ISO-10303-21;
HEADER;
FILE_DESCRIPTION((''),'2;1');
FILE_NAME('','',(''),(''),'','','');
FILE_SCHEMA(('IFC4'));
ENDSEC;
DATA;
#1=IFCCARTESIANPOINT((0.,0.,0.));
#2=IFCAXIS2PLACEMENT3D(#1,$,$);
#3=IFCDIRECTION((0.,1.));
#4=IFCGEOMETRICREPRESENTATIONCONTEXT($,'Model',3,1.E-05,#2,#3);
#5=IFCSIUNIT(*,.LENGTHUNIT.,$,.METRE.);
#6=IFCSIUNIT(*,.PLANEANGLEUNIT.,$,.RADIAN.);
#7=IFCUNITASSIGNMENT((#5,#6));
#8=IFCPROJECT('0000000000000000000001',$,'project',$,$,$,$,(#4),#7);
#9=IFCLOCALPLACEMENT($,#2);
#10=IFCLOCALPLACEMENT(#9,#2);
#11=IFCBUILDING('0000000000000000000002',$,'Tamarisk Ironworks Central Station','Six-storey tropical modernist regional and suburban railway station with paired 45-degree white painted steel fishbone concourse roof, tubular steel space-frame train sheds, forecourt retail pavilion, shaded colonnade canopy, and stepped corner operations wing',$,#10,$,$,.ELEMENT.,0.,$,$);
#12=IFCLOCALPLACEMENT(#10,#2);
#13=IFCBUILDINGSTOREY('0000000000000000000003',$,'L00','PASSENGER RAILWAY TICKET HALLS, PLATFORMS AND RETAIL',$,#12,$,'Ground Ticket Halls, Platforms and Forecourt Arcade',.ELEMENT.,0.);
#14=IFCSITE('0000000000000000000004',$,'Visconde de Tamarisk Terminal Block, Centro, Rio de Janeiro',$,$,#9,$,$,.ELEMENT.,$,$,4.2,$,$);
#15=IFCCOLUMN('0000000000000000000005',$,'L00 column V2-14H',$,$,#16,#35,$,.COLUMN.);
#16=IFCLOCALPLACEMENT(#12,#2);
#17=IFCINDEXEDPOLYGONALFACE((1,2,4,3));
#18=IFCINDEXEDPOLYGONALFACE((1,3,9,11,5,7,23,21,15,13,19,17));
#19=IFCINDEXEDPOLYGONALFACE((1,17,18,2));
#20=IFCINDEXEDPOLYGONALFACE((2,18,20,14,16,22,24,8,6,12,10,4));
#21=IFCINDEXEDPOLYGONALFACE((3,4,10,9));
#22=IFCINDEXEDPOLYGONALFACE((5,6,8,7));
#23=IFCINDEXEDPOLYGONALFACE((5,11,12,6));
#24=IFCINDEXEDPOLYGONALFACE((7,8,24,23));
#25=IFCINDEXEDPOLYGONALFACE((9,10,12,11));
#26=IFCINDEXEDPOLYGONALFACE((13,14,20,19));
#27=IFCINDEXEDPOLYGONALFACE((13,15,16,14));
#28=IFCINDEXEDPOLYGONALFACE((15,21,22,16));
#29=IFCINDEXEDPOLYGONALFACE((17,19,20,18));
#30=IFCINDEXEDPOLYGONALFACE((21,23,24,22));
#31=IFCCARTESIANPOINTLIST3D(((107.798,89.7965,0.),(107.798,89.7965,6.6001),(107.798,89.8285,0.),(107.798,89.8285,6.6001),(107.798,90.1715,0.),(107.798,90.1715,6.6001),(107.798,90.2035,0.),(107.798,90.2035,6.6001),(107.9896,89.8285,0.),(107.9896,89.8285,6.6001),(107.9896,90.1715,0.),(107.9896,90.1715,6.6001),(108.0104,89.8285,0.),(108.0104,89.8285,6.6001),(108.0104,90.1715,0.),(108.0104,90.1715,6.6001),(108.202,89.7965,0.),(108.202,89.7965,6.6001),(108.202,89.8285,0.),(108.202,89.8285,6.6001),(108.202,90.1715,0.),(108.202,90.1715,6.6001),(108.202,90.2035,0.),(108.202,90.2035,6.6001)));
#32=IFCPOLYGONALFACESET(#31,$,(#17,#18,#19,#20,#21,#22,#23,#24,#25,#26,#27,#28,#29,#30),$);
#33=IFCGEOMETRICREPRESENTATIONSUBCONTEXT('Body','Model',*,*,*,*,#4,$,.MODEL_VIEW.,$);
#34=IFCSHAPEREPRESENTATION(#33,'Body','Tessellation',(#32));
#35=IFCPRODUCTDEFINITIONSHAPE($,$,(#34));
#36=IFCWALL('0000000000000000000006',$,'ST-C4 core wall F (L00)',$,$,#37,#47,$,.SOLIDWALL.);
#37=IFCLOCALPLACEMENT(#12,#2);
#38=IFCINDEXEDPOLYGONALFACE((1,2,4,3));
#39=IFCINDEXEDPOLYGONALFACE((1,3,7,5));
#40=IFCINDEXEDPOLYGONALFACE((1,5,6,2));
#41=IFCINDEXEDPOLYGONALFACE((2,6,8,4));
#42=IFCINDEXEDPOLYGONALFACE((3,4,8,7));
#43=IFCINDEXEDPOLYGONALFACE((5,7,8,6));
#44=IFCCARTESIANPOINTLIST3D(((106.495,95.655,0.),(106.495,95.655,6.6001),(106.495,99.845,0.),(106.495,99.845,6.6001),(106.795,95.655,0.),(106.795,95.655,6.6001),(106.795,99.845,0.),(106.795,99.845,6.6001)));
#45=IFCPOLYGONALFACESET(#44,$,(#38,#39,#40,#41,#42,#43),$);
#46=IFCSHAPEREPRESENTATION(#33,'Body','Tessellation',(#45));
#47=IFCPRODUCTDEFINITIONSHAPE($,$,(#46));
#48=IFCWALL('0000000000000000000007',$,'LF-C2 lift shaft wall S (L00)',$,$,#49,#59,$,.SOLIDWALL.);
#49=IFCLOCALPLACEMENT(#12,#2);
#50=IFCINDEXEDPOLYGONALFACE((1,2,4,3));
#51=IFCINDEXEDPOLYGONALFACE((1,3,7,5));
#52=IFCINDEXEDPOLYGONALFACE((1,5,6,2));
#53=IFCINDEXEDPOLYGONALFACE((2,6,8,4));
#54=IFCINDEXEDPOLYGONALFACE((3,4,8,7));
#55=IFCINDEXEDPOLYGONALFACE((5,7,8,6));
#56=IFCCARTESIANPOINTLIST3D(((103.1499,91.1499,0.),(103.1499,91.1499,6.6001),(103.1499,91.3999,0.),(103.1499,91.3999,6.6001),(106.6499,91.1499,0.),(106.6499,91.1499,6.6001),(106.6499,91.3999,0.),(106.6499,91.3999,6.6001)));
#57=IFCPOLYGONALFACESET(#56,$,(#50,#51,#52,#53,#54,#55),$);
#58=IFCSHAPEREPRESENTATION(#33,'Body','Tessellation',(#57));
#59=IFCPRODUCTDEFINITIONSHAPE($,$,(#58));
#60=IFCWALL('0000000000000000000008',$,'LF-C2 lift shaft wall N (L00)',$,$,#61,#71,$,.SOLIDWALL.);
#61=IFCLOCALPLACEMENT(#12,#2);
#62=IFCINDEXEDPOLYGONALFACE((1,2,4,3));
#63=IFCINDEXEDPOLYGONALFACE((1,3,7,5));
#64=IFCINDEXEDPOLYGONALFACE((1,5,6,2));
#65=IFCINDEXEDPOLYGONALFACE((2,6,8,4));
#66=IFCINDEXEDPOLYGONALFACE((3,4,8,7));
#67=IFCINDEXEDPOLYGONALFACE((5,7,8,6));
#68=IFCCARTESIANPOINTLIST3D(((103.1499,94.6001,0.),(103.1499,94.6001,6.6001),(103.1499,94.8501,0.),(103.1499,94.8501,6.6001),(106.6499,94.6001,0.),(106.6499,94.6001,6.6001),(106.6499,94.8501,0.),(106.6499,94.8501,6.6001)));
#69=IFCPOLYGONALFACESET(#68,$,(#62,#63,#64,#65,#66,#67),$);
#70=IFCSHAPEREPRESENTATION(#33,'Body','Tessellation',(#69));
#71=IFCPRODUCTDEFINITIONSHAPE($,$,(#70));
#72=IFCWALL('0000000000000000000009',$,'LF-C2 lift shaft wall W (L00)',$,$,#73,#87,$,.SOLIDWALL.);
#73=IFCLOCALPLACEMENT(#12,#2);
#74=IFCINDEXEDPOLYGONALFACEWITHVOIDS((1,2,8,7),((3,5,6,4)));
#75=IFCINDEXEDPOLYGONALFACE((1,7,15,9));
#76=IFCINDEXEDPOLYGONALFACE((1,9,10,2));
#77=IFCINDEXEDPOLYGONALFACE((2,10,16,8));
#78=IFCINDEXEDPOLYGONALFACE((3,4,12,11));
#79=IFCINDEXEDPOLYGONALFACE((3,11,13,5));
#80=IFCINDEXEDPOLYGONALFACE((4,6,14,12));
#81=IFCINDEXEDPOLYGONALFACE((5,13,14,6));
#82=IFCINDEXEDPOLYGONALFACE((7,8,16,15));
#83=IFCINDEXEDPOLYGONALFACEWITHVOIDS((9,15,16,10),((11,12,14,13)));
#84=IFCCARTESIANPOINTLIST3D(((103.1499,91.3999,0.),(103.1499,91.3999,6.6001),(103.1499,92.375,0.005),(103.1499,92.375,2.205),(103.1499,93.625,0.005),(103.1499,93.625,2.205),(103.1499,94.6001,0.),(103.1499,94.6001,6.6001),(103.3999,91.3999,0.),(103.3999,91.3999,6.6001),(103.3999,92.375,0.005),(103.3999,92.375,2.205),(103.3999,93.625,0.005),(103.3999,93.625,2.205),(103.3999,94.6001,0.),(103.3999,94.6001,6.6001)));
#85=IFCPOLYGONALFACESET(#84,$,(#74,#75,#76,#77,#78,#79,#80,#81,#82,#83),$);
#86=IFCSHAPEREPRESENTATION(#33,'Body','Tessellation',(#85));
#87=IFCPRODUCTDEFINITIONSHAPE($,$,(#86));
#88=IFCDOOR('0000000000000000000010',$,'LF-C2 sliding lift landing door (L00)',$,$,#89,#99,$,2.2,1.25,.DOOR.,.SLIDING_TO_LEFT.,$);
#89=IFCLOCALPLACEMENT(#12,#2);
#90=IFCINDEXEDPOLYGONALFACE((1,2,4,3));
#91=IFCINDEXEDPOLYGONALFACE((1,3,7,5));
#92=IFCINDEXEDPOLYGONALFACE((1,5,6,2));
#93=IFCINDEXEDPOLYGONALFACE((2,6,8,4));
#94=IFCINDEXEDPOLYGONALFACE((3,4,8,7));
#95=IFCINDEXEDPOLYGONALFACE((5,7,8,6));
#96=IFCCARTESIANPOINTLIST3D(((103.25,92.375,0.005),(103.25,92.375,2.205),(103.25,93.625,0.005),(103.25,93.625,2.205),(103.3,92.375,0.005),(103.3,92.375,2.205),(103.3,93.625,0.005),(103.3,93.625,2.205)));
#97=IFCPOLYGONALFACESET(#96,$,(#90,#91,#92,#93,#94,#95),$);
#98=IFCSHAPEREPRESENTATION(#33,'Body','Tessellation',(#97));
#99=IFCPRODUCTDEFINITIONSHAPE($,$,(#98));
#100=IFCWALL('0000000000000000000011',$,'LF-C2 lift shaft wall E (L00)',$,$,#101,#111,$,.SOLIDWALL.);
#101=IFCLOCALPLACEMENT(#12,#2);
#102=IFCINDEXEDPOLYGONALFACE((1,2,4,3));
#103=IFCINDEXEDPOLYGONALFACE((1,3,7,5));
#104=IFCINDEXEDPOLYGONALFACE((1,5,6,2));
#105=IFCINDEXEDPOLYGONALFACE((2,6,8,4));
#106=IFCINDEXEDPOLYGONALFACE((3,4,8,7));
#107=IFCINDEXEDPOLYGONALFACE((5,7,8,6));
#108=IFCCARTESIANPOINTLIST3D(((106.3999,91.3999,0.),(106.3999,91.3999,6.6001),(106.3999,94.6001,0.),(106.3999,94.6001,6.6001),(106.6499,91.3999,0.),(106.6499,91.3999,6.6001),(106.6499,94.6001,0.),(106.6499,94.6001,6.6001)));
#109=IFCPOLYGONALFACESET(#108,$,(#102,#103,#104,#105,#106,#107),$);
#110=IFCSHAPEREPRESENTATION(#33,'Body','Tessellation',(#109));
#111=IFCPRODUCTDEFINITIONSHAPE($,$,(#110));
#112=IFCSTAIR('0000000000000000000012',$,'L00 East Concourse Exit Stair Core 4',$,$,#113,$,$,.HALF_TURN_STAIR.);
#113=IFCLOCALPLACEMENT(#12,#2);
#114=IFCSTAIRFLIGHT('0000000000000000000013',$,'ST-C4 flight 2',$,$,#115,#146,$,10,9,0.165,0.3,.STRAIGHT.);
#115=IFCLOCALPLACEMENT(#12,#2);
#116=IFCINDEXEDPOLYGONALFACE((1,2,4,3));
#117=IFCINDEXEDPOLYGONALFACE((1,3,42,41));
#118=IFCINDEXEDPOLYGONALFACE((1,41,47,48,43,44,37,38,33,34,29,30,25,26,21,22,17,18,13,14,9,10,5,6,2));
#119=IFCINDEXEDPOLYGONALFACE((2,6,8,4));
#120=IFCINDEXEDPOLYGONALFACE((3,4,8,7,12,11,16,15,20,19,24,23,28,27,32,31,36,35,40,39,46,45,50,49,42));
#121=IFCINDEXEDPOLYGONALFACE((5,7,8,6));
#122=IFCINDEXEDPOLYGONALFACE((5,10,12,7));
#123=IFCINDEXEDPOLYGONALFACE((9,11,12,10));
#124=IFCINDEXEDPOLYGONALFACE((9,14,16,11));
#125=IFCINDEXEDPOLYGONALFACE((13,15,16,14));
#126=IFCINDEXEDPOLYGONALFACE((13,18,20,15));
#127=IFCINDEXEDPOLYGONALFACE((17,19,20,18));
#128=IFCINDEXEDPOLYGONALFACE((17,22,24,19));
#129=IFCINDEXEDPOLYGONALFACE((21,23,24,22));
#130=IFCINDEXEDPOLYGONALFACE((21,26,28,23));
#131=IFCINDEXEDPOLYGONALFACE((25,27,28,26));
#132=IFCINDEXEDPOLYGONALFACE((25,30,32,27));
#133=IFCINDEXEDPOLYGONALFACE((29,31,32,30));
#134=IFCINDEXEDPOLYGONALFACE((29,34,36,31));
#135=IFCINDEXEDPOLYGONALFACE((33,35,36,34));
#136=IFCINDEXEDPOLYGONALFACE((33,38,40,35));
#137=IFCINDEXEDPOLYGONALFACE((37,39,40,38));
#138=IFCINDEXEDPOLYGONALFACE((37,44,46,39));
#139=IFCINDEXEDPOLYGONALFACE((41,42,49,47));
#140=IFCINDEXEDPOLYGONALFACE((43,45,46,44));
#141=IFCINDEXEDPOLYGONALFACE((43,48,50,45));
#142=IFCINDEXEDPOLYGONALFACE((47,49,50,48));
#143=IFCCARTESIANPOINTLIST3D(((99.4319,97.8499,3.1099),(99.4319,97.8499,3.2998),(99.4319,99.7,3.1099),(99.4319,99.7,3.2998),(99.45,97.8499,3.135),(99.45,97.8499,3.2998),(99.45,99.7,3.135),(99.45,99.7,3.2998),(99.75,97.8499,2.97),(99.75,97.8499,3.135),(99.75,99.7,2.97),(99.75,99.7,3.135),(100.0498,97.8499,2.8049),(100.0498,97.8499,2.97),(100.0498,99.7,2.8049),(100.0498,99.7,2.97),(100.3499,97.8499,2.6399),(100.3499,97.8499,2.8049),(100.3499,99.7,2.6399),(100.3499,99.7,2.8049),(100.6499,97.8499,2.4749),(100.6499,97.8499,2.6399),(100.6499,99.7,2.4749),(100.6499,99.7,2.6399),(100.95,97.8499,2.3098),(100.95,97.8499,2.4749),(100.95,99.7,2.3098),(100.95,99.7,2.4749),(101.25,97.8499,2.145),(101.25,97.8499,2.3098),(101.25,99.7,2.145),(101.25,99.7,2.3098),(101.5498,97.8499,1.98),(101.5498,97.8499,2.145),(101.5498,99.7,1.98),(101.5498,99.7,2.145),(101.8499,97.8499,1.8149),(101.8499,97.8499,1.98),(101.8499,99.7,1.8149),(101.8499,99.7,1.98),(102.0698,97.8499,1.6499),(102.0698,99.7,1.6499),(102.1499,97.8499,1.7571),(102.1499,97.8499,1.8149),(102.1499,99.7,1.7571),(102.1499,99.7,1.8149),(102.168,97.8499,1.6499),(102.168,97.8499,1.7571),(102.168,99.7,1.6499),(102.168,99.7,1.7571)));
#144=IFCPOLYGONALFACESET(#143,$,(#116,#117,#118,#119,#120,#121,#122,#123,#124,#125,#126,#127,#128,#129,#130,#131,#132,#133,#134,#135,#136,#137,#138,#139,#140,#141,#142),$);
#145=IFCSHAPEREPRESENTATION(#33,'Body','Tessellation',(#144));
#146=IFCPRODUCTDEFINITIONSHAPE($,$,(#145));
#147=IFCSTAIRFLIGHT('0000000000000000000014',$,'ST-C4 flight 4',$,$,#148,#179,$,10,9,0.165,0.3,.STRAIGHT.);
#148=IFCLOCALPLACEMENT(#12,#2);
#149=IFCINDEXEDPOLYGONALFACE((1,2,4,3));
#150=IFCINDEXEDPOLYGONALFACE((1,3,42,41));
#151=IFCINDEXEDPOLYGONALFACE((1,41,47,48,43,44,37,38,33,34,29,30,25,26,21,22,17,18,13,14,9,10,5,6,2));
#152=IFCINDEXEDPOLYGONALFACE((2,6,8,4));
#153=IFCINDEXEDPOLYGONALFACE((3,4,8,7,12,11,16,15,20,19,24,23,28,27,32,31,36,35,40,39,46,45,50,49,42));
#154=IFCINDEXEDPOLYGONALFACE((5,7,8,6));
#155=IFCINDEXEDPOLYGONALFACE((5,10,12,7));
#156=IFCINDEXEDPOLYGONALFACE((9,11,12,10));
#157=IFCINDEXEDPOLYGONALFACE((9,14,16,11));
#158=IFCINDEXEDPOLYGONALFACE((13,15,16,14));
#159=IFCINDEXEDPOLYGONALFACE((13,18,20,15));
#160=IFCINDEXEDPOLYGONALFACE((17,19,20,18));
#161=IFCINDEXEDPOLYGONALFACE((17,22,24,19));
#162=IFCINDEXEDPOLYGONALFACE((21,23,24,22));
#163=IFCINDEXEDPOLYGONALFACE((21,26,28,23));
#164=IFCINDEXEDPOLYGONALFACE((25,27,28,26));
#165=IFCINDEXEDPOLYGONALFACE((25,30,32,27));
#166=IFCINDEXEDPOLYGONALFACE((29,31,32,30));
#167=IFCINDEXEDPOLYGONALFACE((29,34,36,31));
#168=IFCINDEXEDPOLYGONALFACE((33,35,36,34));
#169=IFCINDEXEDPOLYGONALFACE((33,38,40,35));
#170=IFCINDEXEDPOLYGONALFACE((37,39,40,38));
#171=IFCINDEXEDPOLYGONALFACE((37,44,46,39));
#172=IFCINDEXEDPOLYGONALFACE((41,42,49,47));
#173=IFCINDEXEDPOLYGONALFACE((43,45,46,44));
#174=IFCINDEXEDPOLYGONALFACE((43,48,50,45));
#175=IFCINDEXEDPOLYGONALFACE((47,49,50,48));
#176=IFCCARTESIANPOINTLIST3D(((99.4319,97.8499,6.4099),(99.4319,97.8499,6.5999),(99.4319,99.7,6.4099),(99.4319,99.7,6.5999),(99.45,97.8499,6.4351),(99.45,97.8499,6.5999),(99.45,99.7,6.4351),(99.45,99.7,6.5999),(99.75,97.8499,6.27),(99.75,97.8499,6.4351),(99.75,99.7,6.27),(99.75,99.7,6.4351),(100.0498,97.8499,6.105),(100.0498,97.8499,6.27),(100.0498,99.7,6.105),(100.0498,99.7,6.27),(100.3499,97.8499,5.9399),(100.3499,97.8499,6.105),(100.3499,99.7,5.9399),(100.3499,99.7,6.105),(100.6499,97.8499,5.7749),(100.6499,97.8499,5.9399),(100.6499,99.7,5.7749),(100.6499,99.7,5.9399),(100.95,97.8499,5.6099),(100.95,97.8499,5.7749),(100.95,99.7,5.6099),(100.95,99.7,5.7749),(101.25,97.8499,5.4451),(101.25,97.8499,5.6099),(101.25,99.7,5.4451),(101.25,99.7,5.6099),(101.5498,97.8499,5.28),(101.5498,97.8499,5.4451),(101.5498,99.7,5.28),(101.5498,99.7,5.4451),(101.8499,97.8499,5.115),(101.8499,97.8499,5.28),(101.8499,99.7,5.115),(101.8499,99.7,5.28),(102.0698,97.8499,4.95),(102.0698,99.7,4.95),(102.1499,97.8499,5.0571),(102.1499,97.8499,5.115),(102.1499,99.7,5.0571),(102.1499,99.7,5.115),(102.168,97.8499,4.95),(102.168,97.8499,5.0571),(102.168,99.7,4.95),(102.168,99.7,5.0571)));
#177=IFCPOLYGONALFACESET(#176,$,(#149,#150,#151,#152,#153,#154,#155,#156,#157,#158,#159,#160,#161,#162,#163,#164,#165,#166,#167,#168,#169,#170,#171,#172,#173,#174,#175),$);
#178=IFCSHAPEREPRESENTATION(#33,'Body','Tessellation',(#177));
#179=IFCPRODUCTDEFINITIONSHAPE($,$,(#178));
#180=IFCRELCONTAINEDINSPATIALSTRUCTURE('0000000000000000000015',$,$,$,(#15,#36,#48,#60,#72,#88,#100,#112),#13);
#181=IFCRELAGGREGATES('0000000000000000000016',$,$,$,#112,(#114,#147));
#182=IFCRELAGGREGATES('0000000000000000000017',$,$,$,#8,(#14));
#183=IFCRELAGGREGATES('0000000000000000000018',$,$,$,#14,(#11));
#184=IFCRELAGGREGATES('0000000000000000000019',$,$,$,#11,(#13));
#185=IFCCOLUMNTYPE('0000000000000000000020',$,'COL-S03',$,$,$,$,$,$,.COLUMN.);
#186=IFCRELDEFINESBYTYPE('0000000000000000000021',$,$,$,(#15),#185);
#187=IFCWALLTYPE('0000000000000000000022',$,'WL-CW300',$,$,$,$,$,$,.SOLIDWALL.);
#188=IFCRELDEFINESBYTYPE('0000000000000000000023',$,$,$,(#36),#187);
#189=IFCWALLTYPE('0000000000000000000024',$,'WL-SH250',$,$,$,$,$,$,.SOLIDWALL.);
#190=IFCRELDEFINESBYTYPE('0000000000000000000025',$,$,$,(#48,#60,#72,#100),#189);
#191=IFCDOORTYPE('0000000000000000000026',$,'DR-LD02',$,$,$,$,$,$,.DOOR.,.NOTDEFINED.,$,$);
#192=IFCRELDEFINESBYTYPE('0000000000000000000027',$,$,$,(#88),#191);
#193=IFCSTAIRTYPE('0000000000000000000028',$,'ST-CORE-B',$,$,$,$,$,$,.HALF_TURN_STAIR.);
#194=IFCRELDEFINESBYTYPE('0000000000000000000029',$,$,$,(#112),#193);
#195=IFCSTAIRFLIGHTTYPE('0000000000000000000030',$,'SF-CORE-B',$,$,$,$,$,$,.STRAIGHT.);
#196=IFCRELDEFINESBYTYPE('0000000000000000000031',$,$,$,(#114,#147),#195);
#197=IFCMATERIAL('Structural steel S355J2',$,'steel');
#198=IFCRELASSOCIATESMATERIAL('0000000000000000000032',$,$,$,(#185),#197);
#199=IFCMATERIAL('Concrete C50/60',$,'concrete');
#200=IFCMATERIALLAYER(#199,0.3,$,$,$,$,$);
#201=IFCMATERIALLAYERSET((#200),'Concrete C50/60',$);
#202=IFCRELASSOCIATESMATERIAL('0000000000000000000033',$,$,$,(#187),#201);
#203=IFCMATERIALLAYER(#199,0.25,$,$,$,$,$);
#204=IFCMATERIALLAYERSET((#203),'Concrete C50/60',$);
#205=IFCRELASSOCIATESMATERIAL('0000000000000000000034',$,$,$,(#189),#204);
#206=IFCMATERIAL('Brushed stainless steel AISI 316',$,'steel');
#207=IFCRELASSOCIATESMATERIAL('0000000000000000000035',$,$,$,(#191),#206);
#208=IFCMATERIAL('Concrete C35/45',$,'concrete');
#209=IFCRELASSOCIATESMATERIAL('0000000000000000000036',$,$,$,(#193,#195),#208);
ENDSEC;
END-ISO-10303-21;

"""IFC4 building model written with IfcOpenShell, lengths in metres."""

from ifc_helpers import new_model, si_unit, direction, frame, frame_2d, origin, origin_2d, place, context, subcontext, project, spatial, polyline, rectangle, i_section, outline, extrude, material, layer, layer_set, material_profile, profile_set, type_object, element, fill, aggregate, save


model = new_model("IFC4")

# Units and contexts
model_context = context("Model", 3, precision=1e-05, world=origin(), true_north=direction((0.0, 1.0)))
body_context = subcontext(model_context, "Body", "Model", "MODEL_VIEW")
ifc_project = project(units=[si_unit("LENGTHUNIT", "METRE"), si_unit("PLANEANGLEUNIT", "RADIAN")], contexts=[model_context])

# Site, building, storey
site_placement = place(None, origin())
site = spatial("IfcSite", under=ifc_project, at=site_placement, Name="Visconde de Tamarisk Terminal Block, Centro, Rio de Janeiro", CompositionType="ELEMENT", RefElevation=4.2)
building_placement = place(site_placement, origin())
building = spatial("IfcBuilding", under=site, at=building_placement, Name="Tamarisk Ironworks Central Station", Description="Six-storey tropical modernist regional and suburban railway station with paired 45-degree white painted steel fishbone concourse roof, tubular steel space-frame train sheds, forecourt retail pavilion, shaded colonnade canopy, and stepped corner operations wing", CompositionType="ELEMENT", ElevationOfRefHeight=0.0)
storey_placement = place(building_placement, origin())
storey = spatial("IfcBuildingStorey", under=building, at=storey_placement, Name="L00", Description="PASSENGER RAILWAY TICKET HALLS, PLATFORMS AND RETAIL", LongName="Ground Ticket Halls, Platforms and Forecourt Arcade", CompositionType="ELEMENT", Elevation=0.0)

# Column
ifc_material_1 = material(Name="Structural steel S355J2", Category="steel")
ifc_material_profile_1 = material_profile(ifc_material_1, i_section(OverallWidth=0.4041, OverallDepth=0.407, WebThickness=0.0208, FlangeThickness=0.032, at=origin_2d()), Name="HD 400x347")
ifc_profile_set_1 = profile_set([ifc_material_profile_1], Name="Structural steel S355J2")
column_type = type_object("IfcColumnType", Name="COL-S03", PredefinedType="COLUMN", material=ifc_profile_set_1)
column_placement = place(storey_placement, frame((108.0, 90.0, 0.0), z_axis=(0.0, 0.0, 1.0), x_axis=(1.0, 0.0, 0.0)))
element("IfcColumn", 1, at=column_placement, inside=storey, type_object=column_type, Name="L00 column V2-14H", PredefinedType="COLUMN", context=body_context, shape_type="SweptSolid", body=[
    extrude(i_section(OverallWidth=0.4041, OverallDepth=0.407, WebThickness=0.0208, FlangeThickness=0.032, at=origin_2d()), origin(), (0.0, 0.0, 1.0), 6.6001),
])

# Walls
ifc_material_2 = material(Name="Concrete C50/60", Category="concrete")
ifc_layer_1 = layer(ifc_material_2, 0.3)
ifc_layer_set_1 = layer_set([ifc_layer_1], Name="Concrete C50/60")
wall_type_1 = type_object("IfcWallType", Name="WL-CW300", PredefinedType="SOLIDWALL", material=ifc_layer_set_1)
wall_1_placement = place(storey_placement, frame((106.645, 95.655, 0.0), z_axis=(0.0, 0.0, 1.0), x_axis=(0.0, 1.0, 0.0)))
element("IfcWall", 2, at=wall_1_placement, inside=storey, type_object=wall_type_1, Name="ST-C4 core wall F (L00)", PredefinedType="SOLIDWALL", context=body_context, shape_type="SweptSolid", body=[
    extrude(rectangle(XDim=4.1899, YDim=0.3, at=frame_2d((2.095, 0.0))), origin(), (0.0, 0.0, 1.0), 6.6001),
])
ifc_layer_2 = layer(ifc_material_2, 0.25)
ifc_layer_set_2 = layer_set([ifc_layer_2], Name="Concrete C50/60")
wall_type_2 = type_object("IfcWallType", Name="WL-SH250", PredefinedType="SOLIDWALL", material=ifc_layer_set_2)
for number, where, z_axis, x_axis, name in (
    (3, (103.1499, 91.2749, 0.0), (0.0, 0.0, 1.0), (1.0, 0.0, 0.0), "LF-C2 lift shaft wall S (L00)"),
    (4, (103.1499, 94.7251, 0.0), (0.0, 0.0, 1.0), (1.0, 0.0, 0.0), "LF-C2 lift shaft wall N (L00)"),
):
    element("IfcWall", number, at=place(storey_placement, frame(where, z_axis=z_axis, x_axis=x_axis)), inside=storey, type_object=wall_type_2, Name=name, PredefinedType="SOLIDWALL", context=body_context, shape_type="SweptSolid", body=[
        extrude(rectangle(XDim=3.5, YDim=0.25, at=frame_2d((1.75, 0.0))), origin(), (0.0, 0.0, 1.0), 6.6001),
    ])

# Wall, opening, door
wall_2_placement = place(storey_placement, frame((103.2749, 91.3999, 0.0), z_axis=(0.0, 0.0, 1.0), x_axis=(0.0, 1.0, 0.0)))
wall_2 = element("IfcWall", 5, at=wall_2_placement, inside=storey, type_object=wall_type_2, Name="LF-C2 lift shaft wall W (L00)", PredefinedType="SOLIDWALL", context=body_context, shape_type="SweptSolid", body=[
    extrude(rectangle(XDim=3.2002, YDim=0.25, at=frame_2d((1.6001, 0.0))), origin(), (0.0, 0.0, 1.0), 6.6001),
])
opening_placement = place(wall_2_placement, frame((0.9751, 0.0, 0.0049)))
opening = element("IfcOpeningElement", 6, at=opening_placement, cuts=wall_2, PredefinedType="OPENING", context=body_context, shape_type="SweptSolid", body=[
    extrude(rectangle(XDim=1.25, YDim=2.2, at=frame_2d((0.625, 1.1001))), frame((0.0, 0.137, 0.0), z_axis=(0.0, -1.0, 0.0), x_axis=(1.0, 0.0, 0.0)), (0.0, 0.0, 1.0), 0.2739),
])
ifc_material_3 = material(Name="Brushed stainless steel AISI 316", Category="steel")
door_type = type_object("IfcDoorType", Name="DR-LD02", OperationType="NOTDEFINED", PredefinedType="DOOR", material=ifc_material_3)
door_placement = place(opening_placement, origin())
door = element("IfcDoor", 7, at=door_placement, inside=storey, type_object=door_type, Name="LF-C2 sliding lift landing door (L00)", OperationType="SLIDING_TO_LEFT", OverallHeight=2.2, OverallWidth=1.25, PredefinedType="DOOR", context=body_context, shape_type="SweptSolid", body=[
    extrude(rectangle(XDim=1.25, YDim=2.2, at=frame_2d((0.625, 1.1001))), frame((0.0, 0.0249, 0.0), z_axis=(0.0, -1.0, 0.0), x_axis=(1.0, 0.0, 0.0)), (0.0, 0.0, 1.0), 0.05),
])
fill(opening, door)

# Wall
wall_3_placement = place(storey_placement, frame((106.5249, 91.3999, 0.0), z_axis=(0.0, 0.0, 1.0), x_axis=(0.0, 1.0, 0.0)))
element("IfcWall", 8, at=wall_3_placement, inside=storey, type_object=wall_type_2, Name="LF-C2 lift shaft wall E (L00)", PredefinedType="SOLIDWALL", context=body_context, shape_type="SweptSolid", body=[
    extrude(rectangle(XDim=3.2002, YDim=0.25, at=frame_2d((1.6001, 0.0))), origin(), (0.0, 0.0, 1.0), 6.6001),
])

# Stair, stair flights
ifc_material_4 = material(Name="Concrete C35/45", Category="concrete")
stair_type = type_object("IfcStairType", Name="ST-CORE-B", PredefinedType="HALF_TURN_STAIR", material=ifc_material_4)
stair_placement = place(storey_placement, origin())
stair = element("IfcStair", 9, at=stair_placement, inside=storey, type_object=stair_type, Name="L00 East Concourse Exit Stair Core 4", PredefinedType="HALF_TURN_STAIR")
stair_flight_type = type_object("IfcStairFlightType", Name="SF-CORE-B", PredefinedType="STRAIGHT", material=ifc_material_4)
stair_flight_1_placement = place(storey_placement, frame((102.1499, 98.7749, 1.6499), z_axis=(0.0, 0.0, 1.0), x_axis=(-1.0, 0.0, 0.0)))
stair_flight_1 = element("IfcStairFlight", 10, at=stair_flight_1_placement, type_object=stair_flight_type, Name="ST-C4 flight 2", NumberOfRisers=10, NumberOfTreads=9, PredefinedType="STRAIGHT", RiserHeight=0.165, TreadLength=0.3, context=body_context, shape_type="SweptSolid", body=[
    extrude(outline(polyline([(-0.0181, 0.0), (-0.0181, 0.1072), (0.0, 0.1072), (0.0, 0.165), (0.3, 0.165), (0.3, 0.3301), (0.6001, 0.3301), (0.6001, 0.4951), (0.8999, 0.4951), (0.8999, 0.6599), (1.2, 0.6599), (1.2, 0.825), (1.5, 0.825), (1.5, 0.99), (1.8, 0.99), (1.8, 1.155), (2.1001, 1.155), (2.1001, 1.3201), (2.3999, 1.3201), (2.3999, 1.4851), (2.7, 1.4851), (2.7, 1.6499), (2.718, 1.6499), (2.718, 1.46), (0.0801, 0.0), (-0.0181, 0.0)])), frame((0.0, 0.925, 0.0), z_axis=(0.0, -1.0, 0.0), x_axis=(1.0, 0.0, 0.0)), (0.0, 0.0, 1.0), 1.8501),
])
stair_flight_2_placement = place(storey_placement, frame((102.1499, 98.7749, 4.95), z_axis=(0.0, 0.0, 1.0), x_axis=(-1.0, 0.0, 0.0)))
stair_flight_2 = element("IfcStairFlight", 11, at=stair_flight_2_placement, type_object=stair_flight_type, Name="ST-C4 flight 4", NumberOfRisers=10, NumberOfTreads=9, PredefinedType="STRAIGHT", RiserHeight=0.165, TreadLength=0.3, context=body_context, shape_type="SweptSolid", body=[
    extrude(outline(polyline([(-0.0181, 0.0), (-0.0181, 0.1072), (0.0, 0.1072), (0.0, 0.165), (0.3, 0.165), (0.3, 0.3301), (0.6001, 0.3301), (0.6001, 0.4951), (0.8999, 0.4951), (0.8999, 0.6599), (1.2, 0.6599), (1.2, 0.825), (1.5, 0.825), (1.5, 0.99), (1.8, 0.99), (1.8, 1.155), (2.1001, 1.155), (2.1001, 1.3201), (2.3999, 1.3201), (2.3999, 1.4851), (2.7, 1.4851), (2.7, 1.6499), (2.718, 1.6499), (2.718, 1.46), (0.0801, 0.0), (-0.0181, 0.0)])), frame((0.0, 0.925, 0.0), z_axis=(0.0, -1.0, 0.0), x_axis=(1.0, 0.0, 0.0)), (0.0, 0.0, 1.0), 1.8501),
])
aggregate(stair, [stair_flight_1, stair_flight_2])

save(model, "model.ifc")
